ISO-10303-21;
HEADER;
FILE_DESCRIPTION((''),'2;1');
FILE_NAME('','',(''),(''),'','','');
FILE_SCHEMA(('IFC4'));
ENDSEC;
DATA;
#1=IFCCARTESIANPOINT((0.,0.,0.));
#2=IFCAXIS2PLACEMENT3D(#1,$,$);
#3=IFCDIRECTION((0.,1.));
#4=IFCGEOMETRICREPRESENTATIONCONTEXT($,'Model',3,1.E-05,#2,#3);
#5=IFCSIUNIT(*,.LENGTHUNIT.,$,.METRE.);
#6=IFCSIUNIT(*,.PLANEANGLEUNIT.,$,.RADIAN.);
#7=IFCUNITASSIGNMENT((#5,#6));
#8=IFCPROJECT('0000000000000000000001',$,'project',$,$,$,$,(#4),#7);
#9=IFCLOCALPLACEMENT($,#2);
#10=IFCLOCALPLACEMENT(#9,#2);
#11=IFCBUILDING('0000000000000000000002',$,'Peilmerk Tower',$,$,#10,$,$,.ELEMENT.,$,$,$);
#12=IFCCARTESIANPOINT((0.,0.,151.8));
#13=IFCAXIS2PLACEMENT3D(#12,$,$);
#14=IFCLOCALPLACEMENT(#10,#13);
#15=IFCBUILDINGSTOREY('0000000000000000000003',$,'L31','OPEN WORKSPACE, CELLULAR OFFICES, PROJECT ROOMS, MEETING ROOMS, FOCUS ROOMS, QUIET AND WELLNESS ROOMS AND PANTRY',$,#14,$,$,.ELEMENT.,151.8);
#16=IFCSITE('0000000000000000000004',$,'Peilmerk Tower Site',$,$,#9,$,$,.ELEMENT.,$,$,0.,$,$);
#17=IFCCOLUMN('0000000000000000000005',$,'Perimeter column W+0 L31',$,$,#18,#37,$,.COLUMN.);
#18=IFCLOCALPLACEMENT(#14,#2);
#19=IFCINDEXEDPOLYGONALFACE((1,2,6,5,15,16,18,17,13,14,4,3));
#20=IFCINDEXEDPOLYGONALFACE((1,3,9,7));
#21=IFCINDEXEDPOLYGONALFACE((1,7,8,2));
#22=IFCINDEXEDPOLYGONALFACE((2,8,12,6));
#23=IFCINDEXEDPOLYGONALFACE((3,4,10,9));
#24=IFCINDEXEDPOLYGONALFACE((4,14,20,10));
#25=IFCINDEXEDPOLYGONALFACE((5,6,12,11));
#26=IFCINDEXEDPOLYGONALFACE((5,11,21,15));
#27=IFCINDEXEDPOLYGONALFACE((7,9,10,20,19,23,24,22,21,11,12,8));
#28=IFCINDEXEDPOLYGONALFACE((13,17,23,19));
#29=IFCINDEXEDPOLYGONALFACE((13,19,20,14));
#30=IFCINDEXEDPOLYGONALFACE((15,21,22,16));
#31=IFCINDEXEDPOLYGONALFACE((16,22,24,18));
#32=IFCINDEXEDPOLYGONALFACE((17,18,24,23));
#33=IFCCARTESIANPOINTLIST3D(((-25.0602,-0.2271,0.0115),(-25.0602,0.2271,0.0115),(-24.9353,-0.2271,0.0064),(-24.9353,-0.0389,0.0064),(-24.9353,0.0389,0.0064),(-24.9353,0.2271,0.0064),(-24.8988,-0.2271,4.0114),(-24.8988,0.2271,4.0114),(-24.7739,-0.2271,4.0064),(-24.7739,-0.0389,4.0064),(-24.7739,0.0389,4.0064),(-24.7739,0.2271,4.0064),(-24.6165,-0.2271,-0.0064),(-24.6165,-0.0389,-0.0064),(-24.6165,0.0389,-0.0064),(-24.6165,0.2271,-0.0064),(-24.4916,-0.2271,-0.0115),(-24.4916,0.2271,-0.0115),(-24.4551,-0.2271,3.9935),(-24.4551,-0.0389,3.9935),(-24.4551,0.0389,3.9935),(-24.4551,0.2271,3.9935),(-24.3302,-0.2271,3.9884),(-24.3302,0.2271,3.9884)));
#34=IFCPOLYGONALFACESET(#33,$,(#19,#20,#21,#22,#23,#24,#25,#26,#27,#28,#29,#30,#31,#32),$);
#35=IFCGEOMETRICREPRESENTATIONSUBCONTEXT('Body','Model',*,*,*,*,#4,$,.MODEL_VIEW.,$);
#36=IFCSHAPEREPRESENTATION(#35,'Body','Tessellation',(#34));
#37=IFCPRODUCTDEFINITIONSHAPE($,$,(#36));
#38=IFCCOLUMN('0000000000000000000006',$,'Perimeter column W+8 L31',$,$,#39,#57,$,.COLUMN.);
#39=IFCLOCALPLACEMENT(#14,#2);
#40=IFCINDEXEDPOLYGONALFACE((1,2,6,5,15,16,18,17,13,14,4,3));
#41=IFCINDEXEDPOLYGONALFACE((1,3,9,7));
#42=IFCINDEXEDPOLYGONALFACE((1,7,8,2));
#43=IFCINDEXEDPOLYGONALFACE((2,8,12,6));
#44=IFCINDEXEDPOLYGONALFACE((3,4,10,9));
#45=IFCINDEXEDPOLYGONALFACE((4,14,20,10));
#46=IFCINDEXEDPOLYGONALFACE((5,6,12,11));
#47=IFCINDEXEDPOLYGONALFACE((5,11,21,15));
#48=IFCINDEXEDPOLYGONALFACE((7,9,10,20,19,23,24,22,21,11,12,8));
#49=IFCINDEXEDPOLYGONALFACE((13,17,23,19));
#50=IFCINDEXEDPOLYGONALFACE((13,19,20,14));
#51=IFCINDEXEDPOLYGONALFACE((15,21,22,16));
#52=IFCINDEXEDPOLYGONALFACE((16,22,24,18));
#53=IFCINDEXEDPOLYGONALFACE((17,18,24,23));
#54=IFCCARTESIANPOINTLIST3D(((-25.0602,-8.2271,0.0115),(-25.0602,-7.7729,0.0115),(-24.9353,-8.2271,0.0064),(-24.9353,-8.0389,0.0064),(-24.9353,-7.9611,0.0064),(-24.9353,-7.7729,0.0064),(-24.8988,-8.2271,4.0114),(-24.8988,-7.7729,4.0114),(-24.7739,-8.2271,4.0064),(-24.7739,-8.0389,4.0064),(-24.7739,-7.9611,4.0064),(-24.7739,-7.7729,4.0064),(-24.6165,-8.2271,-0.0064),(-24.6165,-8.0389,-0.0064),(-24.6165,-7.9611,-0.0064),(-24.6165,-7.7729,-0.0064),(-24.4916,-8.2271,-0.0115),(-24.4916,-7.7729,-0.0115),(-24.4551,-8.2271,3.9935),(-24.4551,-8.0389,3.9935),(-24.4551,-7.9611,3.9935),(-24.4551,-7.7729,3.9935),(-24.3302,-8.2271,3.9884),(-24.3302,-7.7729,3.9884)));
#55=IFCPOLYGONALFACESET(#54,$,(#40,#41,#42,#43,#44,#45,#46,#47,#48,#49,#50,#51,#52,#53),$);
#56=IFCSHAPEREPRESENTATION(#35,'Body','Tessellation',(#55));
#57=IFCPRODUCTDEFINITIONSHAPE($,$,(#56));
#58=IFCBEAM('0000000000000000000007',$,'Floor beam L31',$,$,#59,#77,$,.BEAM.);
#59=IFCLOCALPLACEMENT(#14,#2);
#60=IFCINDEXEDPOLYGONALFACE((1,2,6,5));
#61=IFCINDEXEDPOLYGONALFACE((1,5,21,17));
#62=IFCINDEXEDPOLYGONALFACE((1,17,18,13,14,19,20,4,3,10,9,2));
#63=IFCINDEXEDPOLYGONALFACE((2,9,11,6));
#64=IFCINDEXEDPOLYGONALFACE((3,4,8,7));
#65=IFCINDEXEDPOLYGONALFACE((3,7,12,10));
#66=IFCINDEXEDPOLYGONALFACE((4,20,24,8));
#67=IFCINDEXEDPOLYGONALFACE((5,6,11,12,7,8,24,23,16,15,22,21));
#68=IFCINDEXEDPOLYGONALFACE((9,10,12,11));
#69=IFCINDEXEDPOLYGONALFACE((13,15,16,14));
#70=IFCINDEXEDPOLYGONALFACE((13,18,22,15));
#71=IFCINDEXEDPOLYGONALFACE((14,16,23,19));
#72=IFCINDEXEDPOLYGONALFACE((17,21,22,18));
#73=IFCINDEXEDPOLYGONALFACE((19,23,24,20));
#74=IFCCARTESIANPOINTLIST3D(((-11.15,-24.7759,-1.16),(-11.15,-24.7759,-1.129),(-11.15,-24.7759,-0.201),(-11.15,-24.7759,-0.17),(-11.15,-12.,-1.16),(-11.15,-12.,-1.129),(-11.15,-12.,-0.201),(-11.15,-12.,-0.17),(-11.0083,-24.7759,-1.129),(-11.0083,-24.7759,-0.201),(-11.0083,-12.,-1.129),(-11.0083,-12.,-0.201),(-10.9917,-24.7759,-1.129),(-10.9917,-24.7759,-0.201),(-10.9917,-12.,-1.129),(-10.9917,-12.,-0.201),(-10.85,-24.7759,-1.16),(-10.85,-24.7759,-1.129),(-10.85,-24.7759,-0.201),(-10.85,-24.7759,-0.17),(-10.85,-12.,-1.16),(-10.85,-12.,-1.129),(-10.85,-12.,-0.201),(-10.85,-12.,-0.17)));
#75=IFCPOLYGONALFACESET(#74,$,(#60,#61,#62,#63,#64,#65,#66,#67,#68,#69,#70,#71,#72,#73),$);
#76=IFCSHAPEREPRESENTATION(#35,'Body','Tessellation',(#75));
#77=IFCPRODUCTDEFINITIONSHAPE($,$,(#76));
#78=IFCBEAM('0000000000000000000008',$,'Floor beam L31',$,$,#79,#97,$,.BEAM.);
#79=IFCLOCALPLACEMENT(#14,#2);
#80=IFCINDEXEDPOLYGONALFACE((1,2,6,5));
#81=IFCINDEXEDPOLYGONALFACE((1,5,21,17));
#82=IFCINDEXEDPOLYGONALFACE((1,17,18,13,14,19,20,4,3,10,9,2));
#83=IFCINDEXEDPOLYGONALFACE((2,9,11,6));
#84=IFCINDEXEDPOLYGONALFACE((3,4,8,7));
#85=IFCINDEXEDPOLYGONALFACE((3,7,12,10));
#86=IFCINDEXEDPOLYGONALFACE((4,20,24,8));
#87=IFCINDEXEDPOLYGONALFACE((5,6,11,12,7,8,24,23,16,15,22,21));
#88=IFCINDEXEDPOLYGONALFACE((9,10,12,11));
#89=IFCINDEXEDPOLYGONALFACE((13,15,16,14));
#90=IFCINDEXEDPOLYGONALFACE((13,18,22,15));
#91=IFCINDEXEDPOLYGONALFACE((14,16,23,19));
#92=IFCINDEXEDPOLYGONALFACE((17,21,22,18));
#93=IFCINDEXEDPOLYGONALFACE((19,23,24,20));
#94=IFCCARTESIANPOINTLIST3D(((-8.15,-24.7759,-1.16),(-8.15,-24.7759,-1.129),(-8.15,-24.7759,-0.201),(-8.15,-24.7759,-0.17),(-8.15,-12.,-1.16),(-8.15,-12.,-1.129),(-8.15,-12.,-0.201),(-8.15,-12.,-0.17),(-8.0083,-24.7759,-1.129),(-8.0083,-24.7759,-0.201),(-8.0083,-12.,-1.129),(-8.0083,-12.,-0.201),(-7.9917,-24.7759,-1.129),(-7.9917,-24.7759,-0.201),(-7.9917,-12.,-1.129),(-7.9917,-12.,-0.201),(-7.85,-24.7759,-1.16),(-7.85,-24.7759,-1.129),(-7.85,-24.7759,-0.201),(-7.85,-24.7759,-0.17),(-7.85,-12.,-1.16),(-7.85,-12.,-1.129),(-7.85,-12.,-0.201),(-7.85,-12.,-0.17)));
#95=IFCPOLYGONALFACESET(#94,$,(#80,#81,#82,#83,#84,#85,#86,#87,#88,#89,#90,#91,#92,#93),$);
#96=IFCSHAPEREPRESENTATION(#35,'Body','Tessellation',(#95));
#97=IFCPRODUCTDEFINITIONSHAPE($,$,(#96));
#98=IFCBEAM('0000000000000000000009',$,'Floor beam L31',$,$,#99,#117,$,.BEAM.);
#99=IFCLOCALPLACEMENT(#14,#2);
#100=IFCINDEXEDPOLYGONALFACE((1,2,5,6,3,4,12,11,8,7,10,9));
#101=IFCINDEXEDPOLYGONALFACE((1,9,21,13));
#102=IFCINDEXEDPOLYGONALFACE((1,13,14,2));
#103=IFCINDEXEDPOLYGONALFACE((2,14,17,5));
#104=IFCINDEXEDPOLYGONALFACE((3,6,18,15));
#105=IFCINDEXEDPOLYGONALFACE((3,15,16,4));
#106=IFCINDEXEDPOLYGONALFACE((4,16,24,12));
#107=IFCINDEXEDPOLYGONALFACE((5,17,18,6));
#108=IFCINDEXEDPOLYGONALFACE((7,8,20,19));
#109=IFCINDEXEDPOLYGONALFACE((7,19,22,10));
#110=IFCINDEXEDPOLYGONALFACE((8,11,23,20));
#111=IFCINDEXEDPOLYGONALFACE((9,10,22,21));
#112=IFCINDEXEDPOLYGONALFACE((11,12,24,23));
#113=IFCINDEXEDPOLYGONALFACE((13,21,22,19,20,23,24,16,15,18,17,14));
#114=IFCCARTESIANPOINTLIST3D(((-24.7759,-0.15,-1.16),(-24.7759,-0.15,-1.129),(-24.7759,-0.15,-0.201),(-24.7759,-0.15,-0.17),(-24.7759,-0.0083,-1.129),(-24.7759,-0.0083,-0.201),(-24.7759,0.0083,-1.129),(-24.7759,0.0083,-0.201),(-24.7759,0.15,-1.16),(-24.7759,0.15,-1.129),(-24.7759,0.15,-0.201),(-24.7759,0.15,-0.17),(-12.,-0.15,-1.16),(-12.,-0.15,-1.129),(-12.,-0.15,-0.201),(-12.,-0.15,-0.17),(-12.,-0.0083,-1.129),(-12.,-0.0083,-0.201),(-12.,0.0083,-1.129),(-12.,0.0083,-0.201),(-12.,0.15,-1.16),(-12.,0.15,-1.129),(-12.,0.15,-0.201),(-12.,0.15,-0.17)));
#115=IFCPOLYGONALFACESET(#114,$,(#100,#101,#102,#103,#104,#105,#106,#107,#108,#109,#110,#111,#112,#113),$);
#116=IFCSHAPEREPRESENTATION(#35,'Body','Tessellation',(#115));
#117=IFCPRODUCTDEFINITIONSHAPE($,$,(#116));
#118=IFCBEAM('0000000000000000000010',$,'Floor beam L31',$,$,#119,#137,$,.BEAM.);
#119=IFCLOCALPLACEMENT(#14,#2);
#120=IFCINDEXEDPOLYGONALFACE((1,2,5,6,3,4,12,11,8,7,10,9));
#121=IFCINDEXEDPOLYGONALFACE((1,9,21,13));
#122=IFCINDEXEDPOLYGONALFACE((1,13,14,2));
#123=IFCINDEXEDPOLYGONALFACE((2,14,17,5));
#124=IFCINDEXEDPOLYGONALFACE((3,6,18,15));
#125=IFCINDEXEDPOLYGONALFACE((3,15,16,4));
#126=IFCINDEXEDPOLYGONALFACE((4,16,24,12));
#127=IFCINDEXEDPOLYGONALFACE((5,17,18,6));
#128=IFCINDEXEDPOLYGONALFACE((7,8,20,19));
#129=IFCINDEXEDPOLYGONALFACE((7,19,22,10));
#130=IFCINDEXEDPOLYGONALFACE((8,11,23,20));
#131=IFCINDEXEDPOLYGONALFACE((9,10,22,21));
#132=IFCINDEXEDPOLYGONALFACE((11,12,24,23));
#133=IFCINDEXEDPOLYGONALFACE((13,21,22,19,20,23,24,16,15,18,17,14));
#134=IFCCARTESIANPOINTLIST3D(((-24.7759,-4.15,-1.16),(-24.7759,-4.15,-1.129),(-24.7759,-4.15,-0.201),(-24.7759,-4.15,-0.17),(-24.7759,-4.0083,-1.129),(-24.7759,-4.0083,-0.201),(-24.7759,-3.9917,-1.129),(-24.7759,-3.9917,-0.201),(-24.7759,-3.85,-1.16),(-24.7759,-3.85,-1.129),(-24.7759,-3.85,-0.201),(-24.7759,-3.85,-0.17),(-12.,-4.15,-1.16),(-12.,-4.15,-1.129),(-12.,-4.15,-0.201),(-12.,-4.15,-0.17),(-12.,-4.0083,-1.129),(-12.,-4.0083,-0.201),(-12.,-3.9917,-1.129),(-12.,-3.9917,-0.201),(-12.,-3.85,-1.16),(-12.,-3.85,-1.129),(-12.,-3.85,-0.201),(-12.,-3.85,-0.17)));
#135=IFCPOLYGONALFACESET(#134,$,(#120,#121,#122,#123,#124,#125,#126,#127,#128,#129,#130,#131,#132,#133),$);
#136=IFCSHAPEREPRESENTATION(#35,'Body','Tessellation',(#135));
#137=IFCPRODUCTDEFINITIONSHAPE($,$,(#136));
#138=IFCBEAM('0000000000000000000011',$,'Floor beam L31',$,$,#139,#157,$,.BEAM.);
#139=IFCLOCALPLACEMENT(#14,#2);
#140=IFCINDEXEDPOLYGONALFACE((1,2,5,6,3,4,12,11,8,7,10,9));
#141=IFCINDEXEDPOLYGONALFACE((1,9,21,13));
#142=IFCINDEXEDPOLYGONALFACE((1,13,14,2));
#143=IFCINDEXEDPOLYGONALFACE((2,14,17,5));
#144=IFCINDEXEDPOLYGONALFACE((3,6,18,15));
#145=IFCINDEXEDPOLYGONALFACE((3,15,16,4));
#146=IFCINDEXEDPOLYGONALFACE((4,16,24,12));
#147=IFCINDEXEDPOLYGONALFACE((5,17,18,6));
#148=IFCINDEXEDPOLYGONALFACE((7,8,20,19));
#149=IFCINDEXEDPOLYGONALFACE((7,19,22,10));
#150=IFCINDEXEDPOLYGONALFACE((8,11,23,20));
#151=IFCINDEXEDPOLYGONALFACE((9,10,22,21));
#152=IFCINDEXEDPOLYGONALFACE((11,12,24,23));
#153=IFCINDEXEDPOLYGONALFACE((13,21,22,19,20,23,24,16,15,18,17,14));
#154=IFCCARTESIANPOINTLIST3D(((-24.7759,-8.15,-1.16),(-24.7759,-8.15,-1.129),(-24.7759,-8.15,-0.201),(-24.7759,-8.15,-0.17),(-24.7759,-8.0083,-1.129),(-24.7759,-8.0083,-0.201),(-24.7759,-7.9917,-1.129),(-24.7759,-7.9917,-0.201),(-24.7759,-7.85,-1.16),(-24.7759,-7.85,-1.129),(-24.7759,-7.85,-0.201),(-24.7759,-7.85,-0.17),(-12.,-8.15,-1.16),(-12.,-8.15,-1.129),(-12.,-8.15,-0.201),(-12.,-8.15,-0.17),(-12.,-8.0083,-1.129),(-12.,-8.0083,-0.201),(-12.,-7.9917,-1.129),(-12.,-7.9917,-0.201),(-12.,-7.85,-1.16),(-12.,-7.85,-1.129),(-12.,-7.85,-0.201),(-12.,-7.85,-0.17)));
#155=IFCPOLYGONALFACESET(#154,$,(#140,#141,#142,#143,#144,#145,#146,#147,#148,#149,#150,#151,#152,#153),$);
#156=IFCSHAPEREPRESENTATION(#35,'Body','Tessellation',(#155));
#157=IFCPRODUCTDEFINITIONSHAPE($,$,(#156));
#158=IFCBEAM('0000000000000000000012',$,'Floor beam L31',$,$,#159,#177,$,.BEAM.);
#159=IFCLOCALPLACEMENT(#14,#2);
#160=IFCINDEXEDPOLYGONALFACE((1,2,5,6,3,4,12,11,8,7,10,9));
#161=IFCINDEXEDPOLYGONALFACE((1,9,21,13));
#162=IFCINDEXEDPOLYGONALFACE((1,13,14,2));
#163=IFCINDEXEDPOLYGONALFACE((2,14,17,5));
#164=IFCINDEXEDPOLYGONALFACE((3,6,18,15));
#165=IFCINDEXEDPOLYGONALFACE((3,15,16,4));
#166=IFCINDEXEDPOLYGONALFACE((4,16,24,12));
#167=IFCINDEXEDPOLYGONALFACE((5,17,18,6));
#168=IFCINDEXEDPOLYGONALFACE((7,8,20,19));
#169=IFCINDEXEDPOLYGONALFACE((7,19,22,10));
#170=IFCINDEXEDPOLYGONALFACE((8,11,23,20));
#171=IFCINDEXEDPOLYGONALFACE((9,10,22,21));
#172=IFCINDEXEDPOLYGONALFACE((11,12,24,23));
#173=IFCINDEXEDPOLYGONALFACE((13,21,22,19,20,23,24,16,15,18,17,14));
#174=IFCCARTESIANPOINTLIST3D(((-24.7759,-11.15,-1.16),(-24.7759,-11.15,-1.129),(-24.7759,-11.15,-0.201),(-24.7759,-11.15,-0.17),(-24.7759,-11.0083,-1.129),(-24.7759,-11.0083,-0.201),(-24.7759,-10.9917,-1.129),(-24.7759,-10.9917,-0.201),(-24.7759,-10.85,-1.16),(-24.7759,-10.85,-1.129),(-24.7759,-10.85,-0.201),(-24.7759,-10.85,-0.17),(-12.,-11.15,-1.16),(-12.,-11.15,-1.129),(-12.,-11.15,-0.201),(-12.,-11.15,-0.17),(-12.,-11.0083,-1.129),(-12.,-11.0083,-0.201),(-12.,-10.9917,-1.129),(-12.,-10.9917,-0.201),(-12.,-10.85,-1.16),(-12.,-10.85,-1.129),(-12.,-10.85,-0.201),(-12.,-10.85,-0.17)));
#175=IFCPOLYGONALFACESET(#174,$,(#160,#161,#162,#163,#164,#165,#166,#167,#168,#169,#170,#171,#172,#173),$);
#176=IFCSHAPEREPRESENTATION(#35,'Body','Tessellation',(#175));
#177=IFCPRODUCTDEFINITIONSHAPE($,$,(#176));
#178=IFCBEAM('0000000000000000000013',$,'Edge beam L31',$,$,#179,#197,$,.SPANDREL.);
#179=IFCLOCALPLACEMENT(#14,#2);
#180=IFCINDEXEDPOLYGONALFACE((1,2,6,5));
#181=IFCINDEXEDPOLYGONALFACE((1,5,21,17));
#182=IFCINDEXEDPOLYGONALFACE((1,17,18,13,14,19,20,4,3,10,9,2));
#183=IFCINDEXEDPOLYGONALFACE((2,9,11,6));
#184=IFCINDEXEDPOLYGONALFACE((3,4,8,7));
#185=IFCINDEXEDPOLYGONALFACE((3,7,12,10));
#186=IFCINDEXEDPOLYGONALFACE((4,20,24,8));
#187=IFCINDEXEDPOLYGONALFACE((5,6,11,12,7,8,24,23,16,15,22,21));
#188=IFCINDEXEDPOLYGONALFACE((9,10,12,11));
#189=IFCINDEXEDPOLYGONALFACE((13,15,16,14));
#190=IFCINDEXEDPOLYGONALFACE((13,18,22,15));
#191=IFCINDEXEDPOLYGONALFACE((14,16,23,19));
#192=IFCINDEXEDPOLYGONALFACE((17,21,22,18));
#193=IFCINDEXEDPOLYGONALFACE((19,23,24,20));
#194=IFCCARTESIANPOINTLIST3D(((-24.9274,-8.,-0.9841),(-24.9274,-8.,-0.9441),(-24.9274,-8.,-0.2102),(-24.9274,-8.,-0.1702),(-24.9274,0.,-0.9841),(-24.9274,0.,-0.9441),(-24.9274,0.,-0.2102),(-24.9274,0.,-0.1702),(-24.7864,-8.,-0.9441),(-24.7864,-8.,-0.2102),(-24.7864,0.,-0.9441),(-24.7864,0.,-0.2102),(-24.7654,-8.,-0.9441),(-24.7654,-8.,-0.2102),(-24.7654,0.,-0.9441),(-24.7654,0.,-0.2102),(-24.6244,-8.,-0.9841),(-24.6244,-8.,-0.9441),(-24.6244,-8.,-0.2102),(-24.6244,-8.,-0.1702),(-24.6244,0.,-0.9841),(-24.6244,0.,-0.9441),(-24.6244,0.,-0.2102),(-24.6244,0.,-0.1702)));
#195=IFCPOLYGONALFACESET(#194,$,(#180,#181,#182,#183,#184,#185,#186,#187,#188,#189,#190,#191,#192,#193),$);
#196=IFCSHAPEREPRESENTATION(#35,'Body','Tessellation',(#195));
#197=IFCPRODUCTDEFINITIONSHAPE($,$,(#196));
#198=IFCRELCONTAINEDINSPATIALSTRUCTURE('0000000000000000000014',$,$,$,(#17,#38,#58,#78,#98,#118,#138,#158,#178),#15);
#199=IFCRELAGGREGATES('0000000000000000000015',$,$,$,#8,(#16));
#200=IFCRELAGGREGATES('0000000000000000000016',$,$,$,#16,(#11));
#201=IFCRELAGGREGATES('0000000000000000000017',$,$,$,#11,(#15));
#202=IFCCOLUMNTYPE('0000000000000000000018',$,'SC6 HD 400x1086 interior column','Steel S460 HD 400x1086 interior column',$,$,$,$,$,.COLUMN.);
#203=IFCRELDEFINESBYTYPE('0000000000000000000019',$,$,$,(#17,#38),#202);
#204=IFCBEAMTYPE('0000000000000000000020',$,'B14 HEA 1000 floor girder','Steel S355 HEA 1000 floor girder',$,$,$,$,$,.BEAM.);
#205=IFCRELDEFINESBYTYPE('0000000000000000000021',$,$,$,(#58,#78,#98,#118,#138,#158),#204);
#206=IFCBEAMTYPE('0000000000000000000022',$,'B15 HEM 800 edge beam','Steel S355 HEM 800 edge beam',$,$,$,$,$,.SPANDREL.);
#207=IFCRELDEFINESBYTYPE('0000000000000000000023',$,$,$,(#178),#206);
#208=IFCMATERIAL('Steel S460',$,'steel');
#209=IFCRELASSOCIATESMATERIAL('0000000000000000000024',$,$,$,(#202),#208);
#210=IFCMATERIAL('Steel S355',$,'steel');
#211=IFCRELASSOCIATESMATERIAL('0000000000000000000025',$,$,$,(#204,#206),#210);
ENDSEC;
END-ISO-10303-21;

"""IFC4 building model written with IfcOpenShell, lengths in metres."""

from ifc_helpers import new_model, si_unit, direction, frame, origin, origin_2d, place, context, subcontext, project, spatial, i_section, extrude, material, material_profile, profile_set, type_object, element, save


model = new_model("IFC4")

# Units and contexts
model_context = context("Model", 3, precision=1e-05, world=origin(), true_north=direction((0.0, 1.0)))
body_context = subcontext(model_context, "Body", "Model", "MODEL_VIEW")
ifc_project = project(units=[si_unit("LENGTHUNIT", "METRE"), si_unit("PLANEANGLEUNIT", "RADIAN")], contexts=[model_context])

# Site, building, storey
site_placement = place(None, origin())
site = spatial("IfcSite", under=ifc_project, at=site_placement, Name="Peilmerk Tower Site", CompositionType="ELEMENT", RefElevation=0.0)
building_placement = place(site_placement, origin())
building = spatial("IfcBuilding", under=site, at=building_placement, Name="Peilmerk Tower", CompositionType="ELEMENT")
storey_placement = place(building_placement, frame((0.0, 0.0, 151.8)))
storey = spatial("IfcBuildingStorey", under=building, at=storey_placement, Name="L31", Description="OPEN WORKSPACE, CELLULAR OFFICES, PROJECT ROOMS, MEETING ROOMS, FOCUS ROOMS, QUIET AND WELLNESS ROOMS AND PANTRY", CompositionType="ELEMENT", Elevation=151.8)

# Columns
ifc_material_1 = material(Name="Steel S460", Category="steel")
ifc_material_profile_1 = material_profile(ifc_material_1, i_section(OverallWidth=0.4541, OverallDepth=0.5691, WebThickness=0.0779, FlangeThickness=0.125, at=origin_2d()), Name="HD 400x1086")
ifc_profile_set_1 = profile_set([ifc_material_profile_1], Name="Steel S460")
column_type = type_object("IfcColumnType", Name="SC6 HD 400x1086 interior column", Description="Steel S460 HD 400x1086 interior column", PredefinedType="COLUMN", material=ifc_profile_set_1)
for number, where, z_axis, x_axis, name in (
    (1, (-24.7759, 0.0, 0.0), (0.040311, 0.0, 0.999187), (0.0, 1.0, 0.0), "Perimeter column W+0 L31"),
    (2, (-24.7759, -8.0, 0.0), (0.040311, 0.0, 0.999187), (0.0, 1.0, 0.0), "Perimeter column W+8 L31"),
):
    element("IfcColumn", number, at=place(storey_placement, frame(where, z_axis=z_axis, x_axis=x_axis)), inside=storey, type_object=column_type, Name=name, PredefinedType="COLUMN", context=body_context, shape_type="SweptSolid", body=[
        extrude(i_section(OverallWidth=0.4541, OverallDepth=0.5691, WebThickness=0.0779, FlangeThickness=0.125, at=origin_2d()), origin(), (0.0, 0.0, 1.0), 4.0032),
    ])

# Beams
ifc_material_2 = material(Name="Steel S355", Category="steel")
ifc_material_profile_2 = material_profile(ifc_material_2, i_section(OverallWidth=0.3, OverallDepth=0.99, WebThickness=0.0166, FlangeThickness=0.031, at=origin_2d()), Name="HEA 1000")
ifc_profile_set_2 = profile_set([ifc_material_profile_2], Name="Steel S355")
beam_type_1 = type_object("IfcBeamType", Name="B14 HEA 1000 floor girder", Description="Steel S355 HEA 1000 floor girder", PredefinedType="BEAM", material=ifc_profile_set_2)
for number, where, z_axis, x_axis, name in (
    (3, (-11.0, -12.0, -0.665), (0.0, -1.0, 0.0), (1.0, 0.0, 0.0), "Floor beam L31"),
    (4, (-8.0, -12.0, -0.665), (0.0, -1.0, 0.0), (1.0, 0.0, 0.0), "Floor beam L31"),
    (5, (-12.0, 0.0, -0.665), (-1.0, 0.0, 0.0), (0.0, -1.0, 0.0), "Floor beam L31"),
    (6, (-12.0, -4.0, -0.665), (-1.0, 0.0, 0.0), (0.0, -1.0, 0.0), "Floor beam L31"),
    (7, (-12.0, -8.0, -0.665), (-1.0, 0.0, 0.0), (0.0, -1.0, 0.0), "Floor beam L31"),
    (8, (-12.0, -11.0, -0.665), (-1.0, 0.0, 0.0), (0.0, -1.0, 0.0), "Floor beam L31"),
):
    element("IfcBeam", number, at=place(storey_placement, frame(where, z_axis=z_axis, x_axis=x_axis)), inside=storey, type_object=beam_type_1, Name=name, PredefinedType="BEAM", context=body_context, shape_type="SweptSolid", body=[
        extrude(i_section(OverallWidth=0.3, OverallDepth=0.99, WebThickness=0.0166, FlangeThickness=0.031, at=origin_2d()), origin(), (0.0, 0.0, 1.0), 12.7759),
    ])
ifc_material_profile_3 = material_profile(ifc_material_2, i_section(OverallWidth=0.303, OverallDepth=0.814, WebThickness=0.021, FlangeThickness=0.04, at=origin_2d()), Name="HEM 800")
ifc_profile_set_3 = profile_set([ifc_material_profile_3], Name="Steel S355")
beam_type_2 = type_object("IfcBeamType", Name="B15 HEM 800 edge beam", Description="Steel S355 HEM 800 edge beam", PredefinedType="SPANDREL", material=ifc_profile_set_3)
for number, where, z_axis, x_axis, name in (
    (9, (-24.7759, 0.0, -0.5771), (0.0, -1.0, 0.0), (1.0, 0.0, 0.0), "Edge beam L31"),
):
    element("IfcBeam", number, at=place(storey_placement, frame(where, z_axis=z_axis, x_axis=x_axis)), inside=storey, type_object=beam_type_2, Name=name, PredefinedType="SPANDREL", context=body_context, shape_type="SweptSolid", body=[
        extrude(i_section(OverallWidth=0.303, OverallDepth=0.814, WebThickness=0.021, FlangeThickness=0.04, at=origin_2d()), origin(), (0.0, 0.0, 1.0), 8.0),
    ])

save(model, "model.ifc")
